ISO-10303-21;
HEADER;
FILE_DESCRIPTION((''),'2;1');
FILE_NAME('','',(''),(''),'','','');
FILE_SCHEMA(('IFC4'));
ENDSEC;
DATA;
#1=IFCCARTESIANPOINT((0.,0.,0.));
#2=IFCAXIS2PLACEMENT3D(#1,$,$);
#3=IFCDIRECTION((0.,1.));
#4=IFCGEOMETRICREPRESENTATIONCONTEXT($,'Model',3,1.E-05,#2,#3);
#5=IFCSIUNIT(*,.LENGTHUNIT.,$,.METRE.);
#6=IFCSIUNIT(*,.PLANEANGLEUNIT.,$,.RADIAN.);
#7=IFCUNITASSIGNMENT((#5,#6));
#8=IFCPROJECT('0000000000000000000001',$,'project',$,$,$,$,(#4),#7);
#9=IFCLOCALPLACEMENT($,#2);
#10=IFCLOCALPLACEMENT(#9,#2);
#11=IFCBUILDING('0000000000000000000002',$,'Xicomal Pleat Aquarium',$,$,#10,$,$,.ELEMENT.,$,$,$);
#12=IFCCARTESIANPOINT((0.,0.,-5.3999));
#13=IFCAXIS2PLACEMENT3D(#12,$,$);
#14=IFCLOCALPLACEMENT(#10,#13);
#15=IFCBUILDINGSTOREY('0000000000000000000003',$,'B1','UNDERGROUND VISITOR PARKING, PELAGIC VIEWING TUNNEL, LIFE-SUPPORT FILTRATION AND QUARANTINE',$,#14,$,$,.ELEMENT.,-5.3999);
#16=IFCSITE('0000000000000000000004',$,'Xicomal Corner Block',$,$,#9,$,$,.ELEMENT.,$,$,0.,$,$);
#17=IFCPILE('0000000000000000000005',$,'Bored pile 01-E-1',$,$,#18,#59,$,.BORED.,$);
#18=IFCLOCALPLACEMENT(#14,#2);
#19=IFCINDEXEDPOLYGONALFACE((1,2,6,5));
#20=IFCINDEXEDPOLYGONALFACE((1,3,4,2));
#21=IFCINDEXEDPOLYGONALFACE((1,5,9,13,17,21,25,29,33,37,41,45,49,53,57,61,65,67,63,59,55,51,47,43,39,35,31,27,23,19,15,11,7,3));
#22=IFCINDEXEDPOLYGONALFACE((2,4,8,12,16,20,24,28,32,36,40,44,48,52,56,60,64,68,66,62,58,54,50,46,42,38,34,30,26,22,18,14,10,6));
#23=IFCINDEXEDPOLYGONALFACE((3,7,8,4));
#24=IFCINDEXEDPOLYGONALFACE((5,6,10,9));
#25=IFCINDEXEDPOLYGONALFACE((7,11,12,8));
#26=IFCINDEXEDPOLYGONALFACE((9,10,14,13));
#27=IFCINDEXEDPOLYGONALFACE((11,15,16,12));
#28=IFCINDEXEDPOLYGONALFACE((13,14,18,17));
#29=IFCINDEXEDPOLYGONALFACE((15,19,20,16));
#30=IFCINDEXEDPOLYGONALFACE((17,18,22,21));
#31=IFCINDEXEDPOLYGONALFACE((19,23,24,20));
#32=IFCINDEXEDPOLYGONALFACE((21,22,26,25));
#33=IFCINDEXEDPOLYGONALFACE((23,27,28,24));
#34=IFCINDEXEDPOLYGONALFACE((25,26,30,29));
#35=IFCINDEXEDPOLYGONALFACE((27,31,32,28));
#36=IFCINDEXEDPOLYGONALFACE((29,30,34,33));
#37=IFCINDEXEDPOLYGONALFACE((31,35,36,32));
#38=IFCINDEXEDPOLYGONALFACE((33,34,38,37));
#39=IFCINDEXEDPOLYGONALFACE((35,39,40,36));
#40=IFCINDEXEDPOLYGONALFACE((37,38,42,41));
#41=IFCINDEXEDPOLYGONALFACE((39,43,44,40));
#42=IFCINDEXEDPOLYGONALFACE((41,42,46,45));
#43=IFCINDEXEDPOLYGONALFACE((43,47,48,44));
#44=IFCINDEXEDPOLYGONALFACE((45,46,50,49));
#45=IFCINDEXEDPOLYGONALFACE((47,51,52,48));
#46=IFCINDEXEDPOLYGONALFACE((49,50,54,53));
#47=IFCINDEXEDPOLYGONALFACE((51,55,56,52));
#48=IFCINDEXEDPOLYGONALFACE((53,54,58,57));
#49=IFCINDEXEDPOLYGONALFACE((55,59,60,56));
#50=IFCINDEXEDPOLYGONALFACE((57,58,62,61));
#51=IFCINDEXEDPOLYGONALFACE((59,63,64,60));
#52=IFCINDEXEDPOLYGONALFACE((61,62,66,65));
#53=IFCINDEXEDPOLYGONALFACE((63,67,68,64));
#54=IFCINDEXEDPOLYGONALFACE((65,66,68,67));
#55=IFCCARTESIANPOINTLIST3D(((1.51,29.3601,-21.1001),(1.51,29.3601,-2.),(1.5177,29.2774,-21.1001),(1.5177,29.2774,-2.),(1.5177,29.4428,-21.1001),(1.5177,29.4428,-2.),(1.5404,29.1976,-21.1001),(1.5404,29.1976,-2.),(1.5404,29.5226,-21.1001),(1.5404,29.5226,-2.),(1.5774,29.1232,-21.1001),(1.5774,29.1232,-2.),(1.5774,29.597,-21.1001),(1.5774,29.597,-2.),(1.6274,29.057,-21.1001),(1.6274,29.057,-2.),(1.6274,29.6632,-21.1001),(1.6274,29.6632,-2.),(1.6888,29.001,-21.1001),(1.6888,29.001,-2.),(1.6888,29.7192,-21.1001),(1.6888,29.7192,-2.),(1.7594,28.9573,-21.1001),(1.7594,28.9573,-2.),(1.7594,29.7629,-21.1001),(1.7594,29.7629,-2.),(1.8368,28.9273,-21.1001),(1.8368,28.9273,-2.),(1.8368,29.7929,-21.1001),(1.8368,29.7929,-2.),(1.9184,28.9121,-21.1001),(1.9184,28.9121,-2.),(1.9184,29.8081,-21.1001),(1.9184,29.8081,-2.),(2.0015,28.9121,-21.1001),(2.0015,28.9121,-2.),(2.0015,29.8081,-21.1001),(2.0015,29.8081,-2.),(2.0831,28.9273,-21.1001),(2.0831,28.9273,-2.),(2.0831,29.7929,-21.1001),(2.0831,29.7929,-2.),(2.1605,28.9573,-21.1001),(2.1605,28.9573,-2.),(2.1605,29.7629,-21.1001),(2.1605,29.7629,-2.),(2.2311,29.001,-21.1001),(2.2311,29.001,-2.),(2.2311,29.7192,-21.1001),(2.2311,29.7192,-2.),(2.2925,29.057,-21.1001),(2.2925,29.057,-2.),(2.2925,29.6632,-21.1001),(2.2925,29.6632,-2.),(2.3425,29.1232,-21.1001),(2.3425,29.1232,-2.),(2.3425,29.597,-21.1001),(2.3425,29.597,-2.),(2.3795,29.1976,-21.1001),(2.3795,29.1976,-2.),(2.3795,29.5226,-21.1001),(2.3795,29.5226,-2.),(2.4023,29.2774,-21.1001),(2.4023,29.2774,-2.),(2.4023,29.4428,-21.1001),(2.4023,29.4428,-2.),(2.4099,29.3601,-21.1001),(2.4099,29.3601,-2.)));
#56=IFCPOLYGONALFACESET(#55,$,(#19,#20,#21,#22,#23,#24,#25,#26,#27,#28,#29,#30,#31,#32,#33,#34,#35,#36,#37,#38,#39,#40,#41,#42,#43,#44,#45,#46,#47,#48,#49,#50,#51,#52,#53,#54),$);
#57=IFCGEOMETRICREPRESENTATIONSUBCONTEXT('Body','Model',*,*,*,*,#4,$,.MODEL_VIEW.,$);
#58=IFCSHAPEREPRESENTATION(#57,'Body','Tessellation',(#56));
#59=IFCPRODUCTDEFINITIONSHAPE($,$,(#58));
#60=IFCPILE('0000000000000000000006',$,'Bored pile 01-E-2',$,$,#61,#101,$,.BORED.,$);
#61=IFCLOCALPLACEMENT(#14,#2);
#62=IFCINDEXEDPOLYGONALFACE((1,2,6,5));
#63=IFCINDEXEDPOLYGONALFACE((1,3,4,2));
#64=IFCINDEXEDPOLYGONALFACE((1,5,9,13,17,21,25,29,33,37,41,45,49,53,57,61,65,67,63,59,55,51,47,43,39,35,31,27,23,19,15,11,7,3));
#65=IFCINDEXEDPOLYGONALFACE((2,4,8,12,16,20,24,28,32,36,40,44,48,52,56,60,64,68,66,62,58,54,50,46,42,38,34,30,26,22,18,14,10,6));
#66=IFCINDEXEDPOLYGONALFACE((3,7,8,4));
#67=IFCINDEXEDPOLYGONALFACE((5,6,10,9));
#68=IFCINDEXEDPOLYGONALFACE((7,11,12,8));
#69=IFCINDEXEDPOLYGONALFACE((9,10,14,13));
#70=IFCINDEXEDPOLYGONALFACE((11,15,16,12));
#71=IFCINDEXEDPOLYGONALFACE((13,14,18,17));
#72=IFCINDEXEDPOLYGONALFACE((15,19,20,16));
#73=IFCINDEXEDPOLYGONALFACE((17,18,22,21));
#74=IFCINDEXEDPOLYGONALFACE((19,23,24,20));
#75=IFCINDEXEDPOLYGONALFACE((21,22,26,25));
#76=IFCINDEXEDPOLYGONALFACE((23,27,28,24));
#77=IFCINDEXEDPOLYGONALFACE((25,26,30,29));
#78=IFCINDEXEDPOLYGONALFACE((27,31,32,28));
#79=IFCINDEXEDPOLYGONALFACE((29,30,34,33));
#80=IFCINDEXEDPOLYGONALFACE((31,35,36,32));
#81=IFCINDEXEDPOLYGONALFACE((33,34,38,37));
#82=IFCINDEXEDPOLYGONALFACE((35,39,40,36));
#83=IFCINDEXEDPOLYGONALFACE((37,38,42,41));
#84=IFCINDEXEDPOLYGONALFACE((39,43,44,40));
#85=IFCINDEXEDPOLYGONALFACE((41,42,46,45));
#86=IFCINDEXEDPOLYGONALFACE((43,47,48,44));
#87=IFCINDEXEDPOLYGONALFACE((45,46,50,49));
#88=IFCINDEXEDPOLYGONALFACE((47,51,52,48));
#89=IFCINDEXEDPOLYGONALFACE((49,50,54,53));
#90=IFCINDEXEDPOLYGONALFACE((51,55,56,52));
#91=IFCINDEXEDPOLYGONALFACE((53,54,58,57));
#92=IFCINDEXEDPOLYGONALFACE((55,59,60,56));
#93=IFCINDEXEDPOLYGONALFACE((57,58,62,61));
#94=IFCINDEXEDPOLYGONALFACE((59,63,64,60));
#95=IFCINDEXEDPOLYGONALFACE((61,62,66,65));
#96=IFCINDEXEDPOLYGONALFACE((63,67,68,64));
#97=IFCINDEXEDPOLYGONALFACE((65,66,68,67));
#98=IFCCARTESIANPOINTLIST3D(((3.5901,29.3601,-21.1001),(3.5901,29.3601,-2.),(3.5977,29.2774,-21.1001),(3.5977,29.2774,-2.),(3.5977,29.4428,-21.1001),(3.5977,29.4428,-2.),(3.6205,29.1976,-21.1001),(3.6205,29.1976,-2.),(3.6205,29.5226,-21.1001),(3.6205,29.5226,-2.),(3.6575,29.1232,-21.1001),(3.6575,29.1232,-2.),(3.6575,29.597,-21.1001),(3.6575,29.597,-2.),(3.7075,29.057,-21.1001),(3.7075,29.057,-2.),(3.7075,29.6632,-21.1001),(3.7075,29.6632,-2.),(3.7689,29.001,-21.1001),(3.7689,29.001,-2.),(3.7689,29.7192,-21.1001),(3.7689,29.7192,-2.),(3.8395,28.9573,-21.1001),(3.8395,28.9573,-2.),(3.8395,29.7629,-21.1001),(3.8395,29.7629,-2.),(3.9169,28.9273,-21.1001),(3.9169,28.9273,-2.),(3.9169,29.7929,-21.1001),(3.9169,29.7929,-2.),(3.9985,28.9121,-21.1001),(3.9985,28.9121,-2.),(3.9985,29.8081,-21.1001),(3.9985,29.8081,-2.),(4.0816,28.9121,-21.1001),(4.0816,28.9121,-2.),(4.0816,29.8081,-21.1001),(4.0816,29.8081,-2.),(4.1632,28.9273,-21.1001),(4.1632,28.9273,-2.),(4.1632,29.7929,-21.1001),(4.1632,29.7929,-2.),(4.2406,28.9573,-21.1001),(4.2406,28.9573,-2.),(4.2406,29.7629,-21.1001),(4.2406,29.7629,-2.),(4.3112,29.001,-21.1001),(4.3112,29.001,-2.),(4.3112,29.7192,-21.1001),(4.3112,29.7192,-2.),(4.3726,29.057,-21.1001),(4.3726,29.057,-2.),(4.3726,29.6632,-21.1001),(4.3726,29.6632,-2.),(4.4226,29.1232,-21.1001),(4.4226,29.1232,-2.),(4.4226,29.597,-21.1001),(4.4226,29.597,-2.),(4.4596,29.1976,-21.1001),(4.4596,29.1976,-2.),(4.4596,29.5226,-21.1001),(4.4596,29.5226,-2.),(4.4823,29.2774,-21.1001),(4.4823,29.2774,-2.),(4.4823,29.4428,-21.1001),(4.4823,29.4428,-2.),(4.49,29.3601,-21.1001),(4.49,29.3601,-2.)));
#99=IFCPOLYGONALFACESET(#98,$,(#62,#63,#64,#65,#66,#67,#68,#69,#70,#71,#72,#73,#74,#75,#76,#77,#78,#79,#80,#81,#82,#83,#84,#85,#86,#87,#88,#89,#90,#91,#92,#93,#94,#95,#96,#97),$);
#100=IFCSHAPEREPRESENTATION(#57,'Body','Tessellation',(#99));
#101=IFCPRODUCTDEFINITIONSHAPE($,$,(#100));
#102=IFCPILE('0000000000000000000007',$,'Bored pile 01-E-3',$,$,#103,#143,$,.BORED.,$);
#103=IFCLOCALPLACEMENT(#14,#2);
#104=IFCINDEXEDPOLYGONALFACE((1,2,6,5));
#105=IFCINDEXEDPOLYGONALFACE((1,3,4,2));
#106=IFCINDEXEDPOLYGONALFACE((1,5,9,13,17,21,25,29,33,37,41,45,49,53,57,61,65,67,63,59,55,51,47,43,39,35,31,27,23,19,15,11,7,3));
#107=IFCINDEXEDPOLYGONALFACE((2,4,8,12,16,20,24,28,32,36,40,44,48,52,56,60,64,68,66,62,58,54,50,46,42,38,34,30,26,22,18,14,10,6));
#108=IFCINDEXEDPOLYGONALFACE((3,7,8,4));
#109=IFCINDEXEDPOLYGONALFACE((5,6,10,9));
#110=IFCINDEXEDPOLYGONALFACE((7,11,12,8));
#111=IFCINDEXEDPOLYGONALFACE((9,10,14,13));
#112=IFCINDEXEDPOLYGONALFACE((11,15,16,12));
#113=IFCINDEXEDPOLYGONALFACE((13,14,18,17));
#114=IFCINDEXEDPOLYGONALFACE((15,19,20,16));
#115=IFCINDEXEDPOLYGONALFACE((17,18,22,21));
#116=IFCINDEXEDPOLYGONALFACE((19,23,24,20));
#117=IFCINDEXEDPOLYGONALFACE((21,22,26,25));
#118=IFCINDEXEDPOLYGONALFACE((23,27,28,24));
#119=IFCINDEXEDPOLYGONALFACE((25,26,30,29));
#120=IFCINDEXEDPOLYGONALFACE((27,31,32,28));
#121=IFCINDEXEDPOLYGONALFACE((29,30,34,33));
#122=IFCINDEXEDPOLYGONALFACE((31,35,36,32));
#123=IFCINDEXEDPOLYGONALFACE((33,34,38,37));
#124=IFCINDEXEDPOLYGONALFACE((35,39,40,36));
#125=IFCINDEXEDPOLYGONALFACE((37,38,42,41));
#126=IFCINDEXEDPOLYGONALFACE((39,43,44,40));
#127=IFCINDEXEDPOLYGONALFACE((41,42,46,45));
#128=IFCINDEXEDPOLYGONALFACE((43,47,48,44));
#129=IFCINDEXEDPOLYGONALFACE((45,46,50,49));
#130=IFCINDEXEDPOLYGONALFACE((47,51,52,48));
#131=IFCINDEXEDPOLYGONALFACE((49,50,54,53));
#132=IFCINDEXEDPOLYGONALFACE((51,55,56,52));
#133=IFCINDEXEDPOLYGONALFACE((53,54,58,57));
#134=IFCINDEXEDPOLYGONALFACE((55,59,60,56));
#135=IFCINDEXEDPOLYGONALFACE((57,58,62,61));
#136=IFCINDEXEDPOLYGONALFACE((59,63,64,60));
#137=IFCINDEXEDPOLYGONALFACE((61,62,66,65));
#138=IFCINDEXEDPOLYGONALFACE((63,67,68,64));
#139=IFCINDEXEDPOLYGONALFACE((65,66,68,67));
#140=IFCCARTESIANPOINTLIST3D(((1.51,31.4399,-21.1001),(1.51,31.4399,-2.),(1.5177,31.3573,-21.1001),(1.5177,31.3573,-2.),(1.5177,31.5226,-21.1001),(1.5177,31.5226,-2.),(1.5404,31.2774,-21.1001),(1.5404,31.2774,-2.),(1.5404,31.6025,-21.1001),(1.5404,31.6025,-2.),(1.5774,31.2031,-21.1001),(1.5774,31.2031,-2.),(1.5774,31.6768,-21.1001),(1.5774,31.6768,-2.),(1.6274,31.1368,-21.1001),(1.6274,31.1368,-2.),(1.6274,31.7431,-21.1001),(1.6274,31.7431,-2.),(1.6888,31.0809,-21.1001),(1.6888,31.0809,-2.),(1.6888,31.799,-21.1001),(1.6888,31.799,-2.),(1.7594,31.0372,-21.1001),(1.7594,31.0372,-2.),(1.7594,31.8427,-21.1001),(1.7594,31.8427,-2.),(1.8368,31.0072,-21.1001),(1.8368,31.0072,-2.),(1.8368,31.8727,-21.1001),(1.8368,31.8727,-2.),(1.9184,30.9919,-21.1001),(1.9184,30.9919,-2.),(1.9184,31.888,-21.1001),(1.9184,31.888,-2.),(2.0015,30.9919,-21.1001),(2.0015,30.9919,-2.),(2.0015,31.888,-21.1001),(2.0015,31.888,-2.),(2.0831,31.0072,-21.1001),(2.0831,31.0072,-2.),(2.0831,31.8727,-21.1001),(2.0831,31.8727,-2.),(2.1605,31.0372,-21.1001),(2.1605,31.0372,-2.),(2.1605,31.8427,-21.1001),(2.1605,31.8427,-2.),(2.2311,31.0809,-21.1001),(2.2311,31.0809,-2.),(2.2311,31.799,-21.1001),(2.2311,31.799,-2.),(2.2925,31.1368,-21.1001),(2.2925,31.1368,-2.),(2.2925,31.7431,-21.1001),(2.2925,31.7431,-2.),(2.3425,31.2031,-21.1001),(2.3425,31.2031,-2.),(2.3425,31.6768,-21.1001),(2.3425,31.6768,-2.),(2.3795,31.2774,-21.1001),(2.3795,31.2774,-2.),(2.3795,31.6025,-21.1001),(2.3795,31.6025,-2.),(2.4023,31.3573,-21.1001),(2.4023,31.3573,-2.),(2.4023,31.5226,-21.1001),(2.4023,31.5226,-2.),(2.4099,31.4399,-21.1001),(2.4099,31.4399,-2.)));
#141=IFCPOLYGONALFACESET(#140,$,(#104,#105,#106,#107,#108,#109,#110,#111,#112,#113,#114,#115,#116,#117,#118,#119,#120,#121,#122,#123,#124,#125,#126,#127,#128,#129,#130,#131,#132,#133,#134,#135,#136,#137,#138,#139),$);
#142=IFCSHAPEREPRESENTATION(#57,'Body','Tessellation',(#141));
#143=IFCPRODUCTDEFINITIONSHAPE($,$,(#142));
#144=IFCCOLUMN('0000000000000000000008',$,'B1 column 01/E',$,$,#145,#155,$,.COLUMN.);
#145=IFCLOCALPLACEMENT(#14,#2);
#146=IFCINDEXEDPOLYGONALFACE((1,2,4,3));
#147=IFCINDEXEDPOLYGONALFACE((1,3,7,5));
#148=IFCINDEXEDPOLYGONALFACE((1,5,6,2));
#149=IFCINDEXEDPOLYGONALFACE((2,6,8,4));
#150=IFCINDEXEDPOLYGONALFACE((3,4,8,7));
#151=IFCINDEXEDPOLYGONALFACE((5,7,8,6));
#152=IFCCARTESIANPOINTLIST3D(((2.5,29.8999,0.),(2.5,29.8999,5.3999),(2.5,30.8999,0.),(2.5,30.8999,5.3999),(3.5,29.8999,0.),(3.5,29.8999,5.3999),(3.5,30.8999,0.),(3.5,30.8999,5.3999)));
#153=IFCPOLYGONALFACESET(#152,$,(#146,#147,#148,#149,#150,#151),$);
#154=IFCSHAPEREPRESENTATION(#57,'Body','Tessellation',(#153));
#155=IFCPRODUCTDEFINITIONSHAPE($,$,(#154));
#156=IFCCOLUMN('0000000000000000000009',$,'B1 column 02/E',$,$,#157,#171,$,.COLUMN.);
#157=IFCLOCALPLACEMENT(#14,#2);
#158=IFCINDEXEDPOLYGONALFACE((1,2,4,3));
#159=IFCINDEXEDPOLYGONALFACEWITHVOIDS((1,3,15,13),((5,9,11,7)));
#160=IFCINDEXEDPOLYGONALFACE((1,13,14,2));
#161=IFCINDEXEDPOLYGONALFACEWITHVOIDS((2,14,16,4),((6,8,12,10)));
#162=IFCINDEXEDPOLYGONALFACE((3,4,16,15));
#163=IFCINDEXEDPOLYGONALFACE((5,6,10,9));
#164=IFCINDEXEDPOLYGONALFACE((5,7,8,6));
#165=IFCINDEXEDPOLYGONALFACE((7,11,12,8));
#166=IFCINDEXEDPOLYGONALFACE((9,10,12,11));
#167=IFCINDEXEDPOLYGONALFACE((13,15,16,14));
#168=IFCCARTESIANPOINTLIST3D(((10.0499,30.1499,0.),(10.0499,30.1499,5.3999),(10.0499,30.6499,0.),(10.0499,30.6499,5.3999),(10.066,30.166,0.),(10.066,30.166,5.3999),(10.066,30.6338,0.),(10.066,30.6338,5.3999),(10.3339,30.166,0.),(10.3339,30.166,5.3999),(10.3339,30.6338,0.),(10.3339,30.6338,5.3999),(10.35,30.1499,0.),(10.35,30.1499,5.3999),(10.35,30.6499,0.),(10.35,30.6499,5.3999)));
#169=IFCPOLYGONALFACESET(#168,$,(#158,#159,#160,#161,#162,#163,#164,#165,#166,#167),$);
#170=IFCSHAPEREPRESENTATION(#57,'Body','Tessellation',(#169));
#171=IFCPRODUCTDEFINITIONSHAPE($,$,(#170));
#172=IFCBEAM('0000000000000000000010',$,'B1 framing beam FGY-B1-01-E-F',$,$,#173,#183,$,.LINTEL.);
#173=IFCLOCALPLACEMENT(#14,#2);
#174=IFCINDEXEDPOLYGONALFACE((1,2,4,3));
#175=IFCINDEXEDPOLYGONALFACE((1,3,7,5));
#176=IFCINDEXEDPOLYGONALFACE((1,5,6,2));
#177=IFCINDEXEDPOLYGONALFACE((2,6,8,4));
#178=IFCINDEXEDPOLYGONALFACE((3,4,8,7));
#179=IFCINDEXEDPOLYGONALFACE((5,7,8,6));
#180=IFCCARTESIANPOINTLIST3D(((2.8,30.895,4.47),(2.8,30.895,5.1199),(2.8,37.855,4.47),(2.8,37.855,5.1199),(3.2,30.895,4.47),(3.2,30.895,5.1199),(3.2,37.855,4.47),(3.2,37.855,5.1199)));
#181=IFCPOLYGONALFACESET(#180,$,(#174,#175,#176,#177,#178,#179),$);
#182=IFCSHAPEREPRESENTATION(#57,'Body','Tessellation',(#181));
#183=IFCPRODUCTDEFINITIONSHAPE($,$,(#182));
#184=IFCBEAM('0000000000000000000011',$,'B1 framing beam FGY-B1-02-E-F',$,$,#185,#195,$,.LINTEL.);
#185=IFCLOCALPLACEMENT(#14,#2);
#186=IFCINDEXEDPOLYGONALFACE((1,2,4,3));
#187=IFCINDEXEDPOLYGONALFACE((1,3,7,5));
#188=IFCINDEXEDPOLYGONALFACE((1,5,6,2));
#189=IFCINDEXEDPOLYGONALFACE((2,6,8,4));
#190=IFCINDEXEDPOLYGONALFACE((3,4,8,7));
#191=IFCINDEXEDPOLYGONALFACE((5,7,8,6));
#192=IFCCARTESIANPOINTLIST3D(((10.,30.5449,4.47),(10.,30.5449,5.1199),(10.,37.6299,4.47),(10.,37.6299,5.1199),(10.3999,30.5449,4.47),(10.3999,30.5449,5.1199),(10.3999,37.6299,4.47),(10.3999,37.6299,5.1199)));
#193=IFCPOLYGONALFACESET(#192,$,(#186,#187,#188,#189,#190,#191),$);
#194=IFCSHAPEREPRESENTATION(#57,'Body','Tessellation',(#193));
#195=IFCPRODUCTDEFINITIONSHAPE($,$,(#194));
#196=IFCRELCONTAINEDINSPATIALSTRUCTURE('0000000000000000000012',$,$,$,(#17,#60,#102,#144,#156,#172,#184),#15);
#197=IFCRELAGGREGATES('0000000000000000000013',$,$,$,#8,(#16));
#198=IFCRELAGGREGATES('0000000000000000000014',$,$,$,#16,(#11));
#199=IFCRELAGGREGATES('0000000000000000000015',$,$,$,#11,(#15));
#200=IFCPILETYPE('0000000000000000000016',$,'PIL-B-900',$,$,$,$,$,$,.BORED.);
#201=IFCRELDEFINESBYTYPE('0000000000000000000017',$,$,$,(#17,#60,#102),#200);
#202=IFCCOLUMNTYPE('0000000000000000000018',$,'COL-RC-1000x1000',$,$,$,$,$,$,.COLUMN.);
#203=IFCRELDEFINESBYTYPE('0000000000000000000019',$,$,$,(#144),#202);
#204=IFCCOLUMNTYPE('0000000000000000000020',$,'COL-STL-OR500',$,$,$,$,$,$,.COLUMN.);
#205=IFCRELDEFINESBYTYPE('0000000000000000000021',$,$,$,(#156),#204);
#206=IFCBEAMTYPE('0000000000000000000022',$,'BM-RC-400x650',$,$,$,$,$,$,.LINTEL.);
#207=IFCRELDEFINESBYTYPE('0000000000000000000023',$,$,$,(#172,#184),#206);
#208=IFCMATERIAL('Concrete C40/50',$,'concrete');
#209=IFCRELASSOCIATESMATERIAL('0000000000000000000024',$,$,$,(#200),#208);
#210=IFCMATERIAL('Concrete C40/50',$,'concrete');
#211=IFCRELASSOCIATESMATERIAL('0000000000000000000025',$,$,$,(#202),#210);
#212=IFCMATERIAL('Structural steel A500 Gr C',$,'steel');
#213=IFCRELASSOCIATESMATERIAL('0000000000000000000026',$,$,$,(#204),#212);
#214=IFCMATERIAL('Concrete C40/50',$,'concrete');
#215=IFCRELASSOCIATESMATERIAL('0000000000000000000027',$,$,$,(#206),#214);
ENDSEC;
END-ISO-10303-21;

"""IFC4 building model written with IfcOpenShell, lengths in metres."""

from ifc_helpers import new_model, si_unit, direction, frame, origin, origin_2d, place, context, subcontext, project, spatial, rectangle, hollow_rectangle, circle, extrude, material, material_profile, profile_set, type_object, element, save


model = new_model("IFC4")

# Units and contexts
model_context = context("Model", 3, precision=1e-05, world=origin(), true_north=direction((0.0, 1.0)))
body_context = subcontext(model_context, "Body", "Model", "MODEL_VIEW")
ifc_project = project(units=[si_unit("LENGTHUNIT", "METRE"), si_unit("PLANEANGLEUNIT", "RADIAN")], contexts=[model_context])

# Site, building, storey
site_placement = place(None, origin())
site = spatial("IfcSite", under=ifc_project, at=site_placement, Name="Xicomal Corner Block", CompositionType="ELEMENT", RefElevation=0.0)
building_placement = place(site_placement, origin())
building = spatial("IfcBuilding", under=site, at=building_placement, Name="Xicomal Pleat Aquarium", CompositionType="ELEMENT")
storey_placement = place(building_placement, frame((0.0, 0.0, -5.3999)))
storey = spatial("IfcBuildingStorey", under=building, at=storey_placement, Name="B1", Description="UNDERGROUND VISITOR PARKING, PELAGIC VIEWING TUNNEL, LIFE-SUPPORT FILTRATION AND QUARANTINE", CompositionType="ELEMENT", Elevation=-5.3999)

# Piles
ifc_material_1 = material(Name="Concrete C40/50", Category="concrete")
ifc_material_profile_1 = material_profile(ifc_material_1, circle(Radius=0.45, at=origin_2d()), Name="BORED PILE D900")
ifc_profile_set_1 = profile_set([ifc_material_profile_1], Name="Concrete C40/50")
pile_type_1 = type_object("IfcPileType", Name="PIL-B-900", PredefinedType="BORED", material=ifc_profile_set_1)
for number, where, z_axis, x_axis, name in (
    (1, (1.96, 29.3601, -2.0), (0.0, 0.0, -1.0), (1.0, 0.0, 0.0), "Bored pile 01-E-1"),
    (2, (4.04, 29.3601, -2.0), (0.0, 0.0, -1.0), (1.0, 0.0, 0.0), "Bored pile 01-E-2"),
    (3, (1.96, 31.4399, -2.0), (0.0, 0.0, -1.0), (1.0, 0.0, 0.0), "Bored pile 01-E-3"),
):
    element("IfcPile", number, at=place(storey_placement, frame(where, z_axis=z_axis, x_axis=x_axis)), inside=storey, type_object=pile_type_1, Name=name, PredefinedType="BORED", context=body_context, shape_type="SweptSolid", body=[
        extrude(circle(Radius=0.45, at=origin_2d()), origin(), (0.0, 0.0, 1.0), 19.1001),
    ])

# Columns
ifc_material_2 = material(Name="Concrete C40/50", Category="concrete")
ifc_material_profile_2 = material_profile(ifc_material_2, rectangle(XDim=1.0, YDim=1.0, at=origin_2d()), Name="RC 1000x1000")
ifc_profile_set_2 = profile_set([ifc_material_profile_2], Name="Concrete C40/50")
column_type_1 = type_object("IfcColumnType", Name="COL-RC-1000x1000", PredefinedType="COLUMN", material=ifc_profile_set_2)
column_1_placement = place(storey_placement, frame((3.0, 30.3999, 0.0), z_axis=(0.0, 0.0, 1.0), x_axis=(1.0, 0.0, 0.0)))
element("IfcColumn", 4, at=column_1_placement, inside=storey, type_object=column_type_1, Name="B1 column 01/E", PredefinedType="COLUMN", context=body_context, shape_type="SweptSolid", body=[
    extrude(rectangle(XDim=1.0, YDim=1.0, at=origin_2d()), origin(), (0.0, 0.0, 1.0), 5.3999),
])
ifc_material_3 = material(Name="Structural steel A500 Gr C", Category="steel")
ifc_material_profile_3 = material_profile(ifc_material_3, hollow_rectangle(XDim=0.3, YDim=0.5, WallThickness=0.0161, at=origin_2d()), Name="OR 500x300x16")
ifc_profile_set_3 = profile_set([ifc_material_profile_3], Name="Structural steel A500 Gr C")
column_type_2 = type_object("IfcColumnType", Name="COL-STL-OR500", PredefinedType="COLUMN", material=ifc_profile_set_3)
column_2_placement = place(storey_placement, frame((10.2, 30.3999, 0.0), z_axis=(0.0, 0.0, 1.0), x_axis=(1.0, 0.0, 0.0)))
element("IfcColumn", 5, at=column_2_placement, inside=storey, type_object=column_type_2, Name="B1 column 02/E", PredefinedType="COLUMN", context=body_context, shape_type="SweptSolid", body=[
    extrude(hollow_rectangle(XDim=0.3, YDim=0.5, WallThickness=0.0161, at=origin_2d()), origin(), (0.0, 0.0, 1.0), 5.3999),
])

# Beams
ifc_material_4 = material(Name="Concrete C40/50", Category="concrete")
ifc_material_profile_4 = material_profile(ifc_material_4, rectangle(XDim=0.3999, YDim=0.6499, at=origin_2d()), Name="RC 400x650")
ifc_profile_set_4 = profile_set([ifc_material_profile_4], Name="Concrete C40/50")
beam_type_1 = type_object("IfcBeamType", Name="BM-RC-400x650", PredefinedType="LINTEL", material=ifc_profile_set_4)
beam_1_placement = place(storey_placement, frame((3.0, 30.895, 4.7949), z_axis=(0.0, 1.0, 0.0), x_axis=(-1.0, 0.0, 0.0)))
element("IfcBeam", 6, at=beam_1_placement, inside=storey, type_object=beam_type_1, Name="B1 framing beam FGY-B1-01-E-F", PredefinedType="LINTEL", context=body_context, shape_type="SweptSolid", body=[
    extrude(rectangle(XDim=0.3999, YDim=0.6499, at=origin_2d()), origin(), (0.0, 0.0, 1.0), 6.96),
])
beam_2_placement = place(storey_placement, frame((10.2, 30.5449, 4.7949), z_axis=(0.0, 1.0, 0.0), x_axis=(-1.0, 0.0, 0.0)))
element("IfcBeam", 7, at=beam_2_placement, inside=storey, type_object=beam_type_1, Name="B1 framing beam FGY-B1-02-E-F", PredefinedType="LINTEL", context=body_context, shape_type="SweptSolid", body=[
    extrude(rectangle(XDim=0.3999, YDim=0.6499, at=origin_2d()), origin(), (0.0, 0.0, 1.0), 7.085),
])

save(model, "model.ifc")
